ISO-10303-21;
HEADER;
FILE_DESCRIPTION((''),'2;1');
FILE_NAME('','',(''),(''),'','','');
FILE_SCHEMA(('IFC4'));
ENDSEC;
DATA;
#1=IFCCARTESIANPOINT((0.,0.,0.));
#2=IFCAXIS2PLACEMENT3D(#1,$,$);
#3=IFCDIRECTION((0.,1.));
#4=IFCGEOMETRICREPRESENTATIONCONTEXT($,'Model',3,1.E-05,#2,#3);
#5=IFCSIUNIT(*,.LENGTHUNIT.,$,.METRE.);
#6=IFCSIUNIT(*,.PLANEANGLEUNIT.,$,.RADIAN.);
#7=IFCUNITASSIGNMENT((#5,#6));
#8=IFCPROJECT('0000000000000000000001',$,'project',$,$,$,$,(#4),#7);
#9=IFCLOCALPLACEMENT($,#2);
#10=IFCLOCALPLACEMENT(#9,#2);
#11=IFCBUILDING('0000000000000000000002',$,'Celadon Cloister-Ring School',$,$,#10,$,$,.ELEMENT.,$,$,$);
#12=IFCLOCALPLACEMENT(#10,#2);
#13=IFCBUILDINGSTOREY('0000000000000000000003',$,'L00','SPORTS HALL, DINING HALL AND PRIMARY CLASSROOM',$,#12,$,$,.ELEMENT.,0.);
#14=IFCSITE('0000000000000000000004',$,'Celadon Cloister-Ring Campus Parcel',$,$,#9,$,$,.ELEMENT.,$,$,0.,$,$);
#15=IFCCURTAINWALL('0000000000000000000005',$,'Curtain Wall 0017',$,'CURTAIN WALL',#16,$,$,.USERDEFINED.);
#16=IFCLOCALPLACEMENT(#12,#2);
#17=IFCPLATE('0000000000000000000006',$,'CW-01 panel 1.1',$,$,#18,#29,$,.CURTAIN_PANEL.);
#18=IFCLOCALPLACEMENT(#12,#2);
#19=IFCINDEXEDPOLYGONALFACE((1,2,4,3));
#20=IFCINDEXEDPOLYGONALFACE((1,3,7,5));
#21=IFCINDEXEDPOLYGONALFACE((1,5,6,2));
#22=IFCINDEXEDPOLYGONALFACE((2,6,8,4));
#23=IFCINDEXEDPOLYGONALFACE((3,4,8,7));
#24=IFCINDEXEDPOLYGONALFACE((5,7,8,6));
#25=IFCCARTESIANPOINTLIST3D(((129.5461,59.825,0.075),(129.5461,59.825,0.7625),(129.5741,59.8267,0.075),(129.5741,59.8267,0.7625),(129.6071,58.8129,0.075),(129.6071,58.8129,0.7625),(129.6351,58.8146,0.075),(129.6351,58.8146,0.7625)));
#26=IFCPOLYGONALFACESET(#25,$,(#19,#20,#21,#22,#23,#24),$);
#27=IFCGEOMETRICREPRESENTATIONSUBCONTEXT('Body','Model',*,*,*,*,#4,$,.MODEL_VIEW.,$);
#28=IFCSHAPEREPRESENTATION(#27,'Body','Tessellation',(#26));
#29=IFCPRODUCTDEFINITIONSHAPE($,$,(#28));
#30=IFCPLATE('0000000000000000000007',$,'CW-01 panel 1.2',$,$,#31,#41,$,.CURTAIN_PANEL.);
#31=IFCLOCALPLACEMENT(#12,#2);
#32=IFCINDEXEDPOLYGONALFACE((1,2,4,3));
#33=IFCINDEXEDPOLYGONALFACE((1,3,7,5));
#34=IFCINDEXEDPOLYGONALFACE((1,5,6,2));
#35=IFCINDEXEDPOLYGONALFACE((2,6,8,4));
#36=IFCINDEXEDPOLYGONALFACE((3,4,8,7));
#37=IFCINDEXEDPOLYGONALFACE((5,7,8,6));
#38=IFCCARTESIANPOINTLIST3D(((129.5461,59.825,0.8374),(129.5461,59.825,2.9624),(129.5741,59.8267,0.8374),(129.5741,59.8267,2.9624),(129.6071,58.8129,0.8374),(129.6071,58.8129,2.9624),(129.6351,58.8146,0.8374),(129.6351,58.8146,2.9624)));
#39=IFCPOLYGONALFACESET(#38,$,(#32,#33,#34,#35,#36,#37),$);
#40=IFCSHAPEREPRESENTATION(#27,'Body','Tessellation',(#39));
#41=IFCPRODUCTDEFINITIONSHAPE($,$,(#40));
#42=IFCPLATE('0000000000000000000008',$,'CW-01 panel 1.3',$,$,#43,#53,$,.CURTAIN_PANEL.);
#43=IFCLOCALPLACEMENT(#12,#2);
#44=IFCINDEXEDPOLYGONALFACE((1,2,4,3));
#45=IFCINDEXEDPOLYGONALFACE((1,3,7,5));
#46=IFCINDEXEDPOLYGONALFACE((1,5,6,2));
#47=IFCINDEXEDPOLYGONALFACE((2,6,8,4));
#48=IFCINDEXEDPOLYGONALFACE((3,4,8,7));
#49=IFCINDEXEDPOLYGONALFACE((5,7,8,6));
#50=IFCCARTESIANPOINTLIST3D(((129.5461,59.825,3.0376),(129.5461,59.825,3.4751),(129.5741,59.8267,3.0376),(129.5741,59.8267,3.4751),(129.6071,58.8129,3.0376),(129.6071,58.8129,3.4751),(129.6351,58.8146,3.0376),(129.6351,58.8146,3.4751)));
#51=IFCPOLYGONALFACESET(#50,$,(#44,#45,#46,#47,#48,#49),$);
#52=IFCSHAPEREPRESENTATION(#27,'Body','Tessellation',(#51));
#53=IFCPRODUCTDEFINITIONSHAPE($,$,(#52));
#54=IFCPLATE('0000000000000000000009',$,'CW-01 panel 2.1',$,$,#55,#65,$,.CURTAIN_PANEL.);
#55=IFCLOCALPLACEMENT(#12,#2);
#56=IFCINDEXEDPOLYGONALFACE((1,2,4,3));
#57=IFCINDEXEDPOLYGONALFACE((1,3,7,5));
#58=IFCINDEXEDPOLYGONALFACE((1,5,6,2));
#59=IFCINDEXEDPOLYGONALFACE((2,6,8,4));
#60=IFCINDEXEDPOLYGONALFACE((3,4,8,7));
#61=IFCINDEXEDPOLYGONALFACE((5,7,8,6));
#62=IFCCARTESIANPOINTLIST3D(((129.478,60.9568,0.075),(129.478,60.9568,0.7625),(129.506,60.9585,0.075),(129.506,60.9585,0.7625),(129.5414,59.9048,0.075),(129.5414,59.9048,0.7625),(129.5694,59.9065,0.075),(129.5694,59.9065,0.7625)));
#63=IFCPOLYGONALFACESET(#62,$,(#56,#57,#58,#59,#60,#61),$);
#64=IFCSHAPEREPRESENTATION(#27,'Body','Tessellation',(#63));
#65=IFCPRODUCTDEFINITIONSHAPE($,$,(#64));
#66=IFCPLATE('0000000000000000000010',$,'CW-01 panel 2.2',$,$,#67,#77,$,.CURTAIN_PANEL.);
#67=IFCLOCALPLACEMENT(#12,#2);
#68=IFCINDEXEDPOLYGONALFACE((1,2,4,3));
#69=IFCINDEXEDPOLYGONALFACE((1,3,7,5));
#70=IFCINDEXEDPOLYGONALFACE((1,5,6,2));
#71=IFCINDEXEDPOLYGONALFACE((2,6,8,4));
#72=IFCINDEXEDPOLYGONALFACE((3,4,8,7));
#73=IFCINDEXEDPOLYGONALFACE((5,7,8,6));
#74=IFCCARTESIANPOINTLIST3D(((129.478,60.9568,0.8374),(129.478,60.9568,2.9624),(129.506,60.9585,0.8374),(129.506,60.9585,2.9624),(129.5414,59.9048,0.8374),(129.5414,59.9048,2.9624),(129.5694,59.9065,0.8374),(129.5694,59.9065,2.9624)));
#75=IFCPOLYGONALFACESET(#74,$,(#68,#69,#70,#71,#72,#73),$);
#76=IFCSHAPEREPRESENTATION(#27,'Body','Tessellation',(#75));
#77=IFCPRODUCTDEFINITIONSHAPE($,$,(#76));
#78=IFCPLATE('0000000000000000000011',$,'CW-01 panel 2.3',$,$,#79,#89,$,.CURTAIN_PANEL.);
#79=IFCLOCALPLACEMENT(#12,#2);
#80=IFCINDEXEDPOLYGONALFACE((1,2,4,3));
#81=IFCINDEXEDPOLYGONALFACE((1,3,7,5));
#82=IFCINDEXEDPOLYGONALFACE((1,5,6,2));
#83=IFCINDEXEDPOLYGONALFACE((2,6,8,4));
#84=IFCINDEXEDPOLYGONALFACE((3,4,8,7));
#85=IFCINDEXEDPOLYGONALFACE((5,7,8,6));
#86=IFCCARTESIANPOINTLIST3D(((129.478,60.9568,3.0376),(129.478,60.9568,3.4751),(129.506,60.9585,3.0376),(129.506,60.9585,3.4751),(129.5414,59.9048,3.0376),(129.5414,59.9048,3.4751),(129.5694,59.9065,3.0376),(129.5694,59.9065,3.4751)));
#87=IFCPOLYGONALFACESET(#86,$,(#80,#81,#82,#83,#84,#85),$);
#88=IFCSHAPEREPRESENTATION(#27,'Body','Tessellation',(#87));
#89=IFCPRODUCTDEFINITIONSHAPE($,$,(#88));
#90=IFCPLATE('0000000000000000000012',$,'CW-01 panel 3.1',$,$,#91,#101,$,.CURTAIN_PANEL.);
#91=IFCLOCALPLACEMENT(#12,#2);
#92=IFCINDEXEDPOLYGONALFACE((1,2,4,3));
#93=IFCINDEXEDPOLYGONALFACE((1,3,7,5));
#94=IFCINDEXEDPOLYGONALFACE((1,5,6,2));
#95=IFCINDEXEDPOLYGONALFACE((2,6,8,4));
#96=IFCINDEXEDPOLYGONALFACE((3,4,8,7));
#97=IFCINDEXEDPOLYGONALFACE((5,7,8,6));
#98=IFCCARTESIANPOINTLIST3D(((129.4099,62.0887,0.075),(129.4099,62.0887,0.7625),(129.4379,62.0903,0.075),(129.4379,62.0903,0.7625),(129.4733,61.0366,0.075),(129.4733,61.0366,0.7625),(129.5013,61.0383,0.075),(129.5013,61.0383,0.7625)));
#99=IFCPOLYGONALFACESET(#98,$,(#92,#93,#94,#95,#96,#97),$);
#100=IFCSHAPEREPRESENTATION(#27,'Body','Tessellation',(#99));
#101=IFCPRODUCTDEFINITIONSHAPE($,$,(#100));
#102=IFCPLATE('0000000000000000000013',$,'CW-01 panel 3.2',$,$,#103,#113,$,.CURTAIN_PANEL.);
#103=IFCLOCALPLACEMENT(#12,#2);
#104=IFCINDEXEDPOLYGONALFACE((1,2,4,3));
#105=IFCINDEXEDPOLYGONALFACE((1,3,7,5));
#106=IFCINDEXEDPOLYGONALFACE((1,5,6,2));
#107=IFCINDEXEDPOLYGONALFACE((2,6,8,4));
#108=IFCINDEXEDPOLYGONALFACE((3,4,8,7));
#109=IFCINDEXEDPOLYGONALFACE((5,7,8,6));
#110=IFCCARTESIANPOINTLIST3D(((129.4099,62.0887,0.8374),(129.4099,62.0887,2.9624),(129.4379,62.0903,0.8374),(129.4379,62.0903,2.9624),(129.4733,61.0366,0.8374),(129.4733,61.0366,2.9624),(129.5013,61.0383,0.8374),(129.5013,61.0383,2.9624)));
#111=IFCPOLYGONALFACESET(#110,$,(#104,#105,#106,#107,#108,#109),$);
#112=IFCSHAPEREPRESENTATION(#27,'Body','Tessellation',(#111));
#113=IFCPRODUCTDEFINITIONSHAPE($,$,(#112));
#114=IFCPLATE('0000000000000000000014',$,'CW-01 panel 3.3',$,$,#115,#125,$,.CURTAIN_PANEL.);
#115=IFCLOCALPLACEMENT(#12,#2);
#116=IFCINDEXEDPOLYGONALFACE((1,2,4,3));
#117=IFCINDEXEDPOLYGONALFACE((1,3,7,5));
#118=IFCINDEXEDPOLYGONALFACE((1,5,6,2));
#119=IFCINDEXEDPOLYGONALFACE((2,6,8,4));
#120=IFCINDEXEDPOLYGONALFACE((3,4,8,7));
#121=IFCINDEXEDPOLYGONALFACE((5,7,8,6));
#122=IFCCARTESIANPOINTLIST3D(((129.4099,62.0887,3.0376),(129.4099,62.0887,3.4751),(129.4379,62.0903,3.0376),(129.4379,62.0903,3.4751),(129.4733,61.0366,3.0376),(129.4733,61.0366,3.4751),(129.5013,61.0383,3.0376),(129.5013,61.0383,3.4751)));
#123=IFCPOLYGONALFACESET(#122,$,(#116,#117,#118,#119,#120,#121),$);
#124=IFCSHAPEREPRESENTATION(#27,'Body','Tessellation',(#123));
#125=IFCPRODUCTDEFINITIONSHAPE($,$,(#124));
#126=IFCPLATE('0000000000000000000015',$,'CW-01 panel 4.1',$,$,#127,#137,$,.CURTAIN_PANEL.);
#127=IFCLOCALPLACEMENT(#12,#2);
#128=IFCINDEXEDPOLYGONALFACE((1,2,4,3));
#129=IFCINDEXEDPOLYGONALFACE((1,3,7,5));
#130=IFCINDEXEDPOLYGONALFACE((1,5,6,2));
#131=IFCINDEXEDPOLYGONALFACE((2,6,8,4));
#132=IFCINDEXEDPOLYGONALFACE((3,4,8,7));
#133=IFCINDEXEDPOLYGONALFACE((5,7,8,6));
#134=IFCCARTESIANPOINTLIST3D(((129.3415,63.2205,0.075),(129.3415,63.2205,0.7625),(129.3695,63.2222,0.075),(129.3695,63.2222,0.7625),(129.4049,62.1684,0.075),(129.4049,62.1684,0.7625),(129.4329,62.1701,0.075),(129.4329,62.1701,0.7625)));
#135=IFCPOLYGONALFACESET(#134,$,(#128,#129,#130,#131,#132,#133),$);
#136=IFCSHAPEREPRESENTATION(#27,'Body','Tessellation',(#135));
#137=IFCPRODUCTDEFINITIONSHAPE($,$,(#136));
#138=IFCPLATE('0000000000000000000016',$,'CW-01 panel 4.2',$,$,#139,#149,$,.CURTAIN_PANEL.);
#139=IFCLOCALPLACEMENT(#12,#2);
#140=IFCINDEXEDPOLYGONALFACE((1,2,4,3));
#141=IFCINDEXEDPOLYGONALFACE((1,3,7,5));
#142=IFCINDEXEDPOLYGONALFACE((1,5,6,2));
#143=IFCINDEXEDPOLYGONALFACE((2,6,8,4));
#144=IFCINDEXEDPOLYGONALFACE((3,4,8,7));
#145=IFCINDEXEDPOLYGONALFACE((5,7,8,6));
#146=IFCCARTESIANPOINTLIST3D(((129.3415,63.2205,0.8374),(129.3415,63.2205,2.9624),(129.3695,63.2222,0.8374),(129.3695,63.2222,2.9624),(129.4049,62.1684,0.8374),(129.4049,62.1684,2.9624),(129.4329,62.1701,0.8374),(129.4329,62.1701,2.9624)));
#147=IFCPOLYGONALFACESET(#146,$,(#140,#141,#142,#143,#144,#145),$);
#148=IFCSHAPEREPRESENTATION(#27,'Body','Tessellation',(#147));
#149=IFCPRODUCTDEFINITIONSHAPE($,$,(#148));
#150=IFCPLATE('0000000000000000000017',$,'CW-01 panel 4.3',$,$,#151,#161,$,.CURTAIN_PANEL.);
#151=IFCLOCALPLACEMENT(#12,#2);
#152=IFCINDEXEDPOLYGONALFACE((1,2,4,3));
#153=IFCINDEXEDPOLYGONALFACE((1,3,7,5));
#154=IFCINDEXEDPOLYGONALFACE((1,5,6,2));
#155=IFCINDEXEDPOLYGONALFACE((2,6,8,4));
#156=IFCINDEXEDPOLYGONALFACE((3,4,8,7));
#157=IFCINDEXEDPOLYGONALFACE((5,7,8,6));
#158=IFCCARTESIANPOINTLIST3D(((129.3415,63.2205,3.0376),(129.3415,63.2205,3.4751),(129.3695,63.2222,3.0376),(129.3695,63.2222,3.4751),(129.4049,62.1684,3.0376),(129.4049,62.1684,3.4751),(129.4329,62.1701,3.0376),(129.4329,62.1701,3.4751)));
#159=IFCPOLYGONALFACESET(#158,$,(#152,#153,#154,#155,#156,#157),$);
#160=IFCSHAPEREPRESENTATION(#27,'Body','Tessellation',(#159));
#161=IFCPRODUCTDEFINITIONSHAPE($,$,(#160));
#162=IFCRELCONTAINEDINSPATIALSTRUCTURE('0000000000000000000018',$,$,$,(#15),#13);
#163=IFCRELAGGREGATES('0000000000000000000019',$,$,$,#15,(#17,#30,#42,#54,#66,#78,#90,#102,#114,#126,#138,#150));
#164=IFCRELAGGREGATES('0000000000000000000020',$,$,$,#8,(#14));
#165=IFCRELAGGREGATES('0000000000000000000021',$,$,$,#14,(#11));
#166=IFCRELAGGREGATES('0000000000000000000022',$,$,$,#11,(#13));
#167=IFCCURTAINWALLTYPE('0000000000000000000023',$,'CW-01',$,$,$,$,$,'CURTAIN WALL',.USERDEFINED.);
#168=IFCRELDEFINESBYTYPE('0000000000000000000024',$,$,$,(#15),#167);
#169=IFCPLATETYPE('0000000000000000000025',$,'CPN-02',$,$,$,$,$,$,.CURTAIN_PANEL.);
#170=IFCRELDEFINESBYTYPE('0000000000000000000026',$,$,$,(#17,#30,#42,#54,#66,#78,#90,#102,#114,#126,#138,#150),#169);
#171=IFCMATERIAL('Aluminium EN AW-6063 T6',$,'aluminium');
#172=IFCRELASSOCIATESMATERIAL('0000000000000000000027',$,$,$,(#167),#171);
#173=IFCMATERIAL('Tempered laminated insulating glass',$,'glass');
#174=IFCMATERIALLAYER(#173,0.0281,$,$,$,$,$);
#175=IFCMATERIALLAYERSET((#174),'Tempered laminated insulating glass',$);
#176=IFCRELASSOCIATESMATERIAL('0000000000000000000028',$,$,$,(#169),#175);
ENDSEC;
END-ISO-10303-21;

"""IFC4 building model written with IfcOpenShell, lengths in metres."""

from ifc_helpers import new_model, si_unit, direction, frame, origin, origin_2d, place, context, subcontext, project, spatial, rectangle, extrude, material, layer, layer_set, type_object, element, aggregate, save


model = new_model("IFC4")

# Units and contexts
model_context = context("Model", 3, precision=1e-05, world=origin(), true_north=direction((0.0, 1.0)))
body_context = subcontext(model_context, "Body", "Model", "MODEL_VIEW")
ifc_project = project(units=[si_unit("LENGTHUNIT", "METRE"), si_unit("PLANEANGLEUNIT", "RADIAN")], contexts=[model_context])

# Site, building, storey
site_placement = place(None, origin())
site = spatial("IfcSite", under=ifc_project, at=site_placement, Name="Celadon Cloister-Ring Campus Parcel", CompositionType="ELEMENT", RefElevation=0.0)
building_placement = place(site_placement, origin())
building = spatial("IfcBuilding", under=site, at=building_placement, Name="Celadon Cloister-Ring School", CompositionType="ELEMENT")
storey_placement = place(building_placement, origin())
storey = spatial("IfcBuildingStorey", under=building, at=storey_placement, Name="L00", Description="SPORTS HALL, DINING HALL AND PRIMARY CLASSROOM", CompositionType="ELEMENT", Elevation=0.0)

# Curtain wall, plates
ifc_material_1 = material(Name="Aluminium EN AW-6063 T6", Category="aluminium")
curtain_wall_type = type_object("IfcCurtainWallType", Name="CW-01", ElementType="CURTAIN WALL", PredefinedType="USERDEFINED", material=ifc_material_1)
curtain_wall_placement = place(storey_placement, origin())
curtain_wall = element("IfcCurtainWall", 1, at=curtain_wall_placement, inside=storey, type_object=curtain_wall_type, Name="Curtain Wall 0017", ObjectType="CURTAIN WALL", PredefinedType="USERDEFINED")
ifc_material_2 = material(Name="Tempered laminated insulating glass", Category="glass")
ifc_layer = layer(ifc_material_2, 0.0281)
ifc_layer_set = layer_set([ifc_layer], Name="Tempered laminated insulating glass")
plate_type = type_object("IfcPlateType", Name="CPN-02", PredefinedType="CURTAIN_PANEL", material=ifc_layer_set)
plate_1_placement = place(storey_placement, frame((129.5906, 59.3198, 0.075), z_axis=(0.0, 0.0, 1.0), x_axis=(-0.060149, 0.998189, 0.0)))
plate_1 = element("IfcPlate", 2, at=plate_1_placement, type_object=plate_type, Name="CW-01 panel 1.1", PredefinedType="CURTAIN_PANEL", context=body_context, shape_type="SweptSolid", body=[
    extrude(rectangle(XDim=1.0139, YDim=0.0281, at=origin_2d()), origin(), (0.0, 0.0, 1.0), 0.6875),
])
plate_2_placement = place(storey_placement, frame((129.5906, 59.3198, 0.8374), z_axis=(0.0, 0.0, 1.0), x_axis=(-0.060149, 0.998189, 0.0)))
plate_2 = element("IfcPlate", 3, at=plate_2_placement, type_object=plate_type, Name="CW-01 panel 1.2", PredefinedType="CURTAIN_PANEL", context=body_context, shape_type="SweptSolid", body=[
    extrude(rectangle(XDim=1.0139, YDim=0.0281, at=origin_2d()), origin(), (0.0, 0.0, 1.0), 2.125),
])
plate_3_placement = place(storey_placement, frame((129.5906, 59.3198, 3.0376), z_axis=(0.0, 0.0, 1.0), x_axis=(-0.060149, 0.998189, 0.0)))
plate_3 = element("IfcPlate", 4, at=plate_3_placement, type_object=plate_type, Name="CW-01 panel 1.3", PredefinedType="CURTAIN_PANEL", context=body_context, shape_type="SweptSolid", body=[
    extrude(rectangle(XDim=1.0139, YDim=0.0281, at=origin_2d()), origin(), (0.0, 0.0, 1.0), 0.4375),
])
plate_4_placement = place(storey_placement, frame((129.5237, 60.4316, 0.075), z_axis=(0.0, 0.0, 1.0), x_axis=(-0.060149, 0.998189, 0.0)))
plate_4 = element("IfcPlate", 5, at=plate_4_placement, type_object=plate_type, Name="CW-01 panel 2.1", PredefinedType="CURTAIN_PANEL", context=body_context, shape_type="SweptSolid", body=[
    extrude(rectangle(XDim=1.054, YDim=0.0281, at=origin_2d()), origin(), (0.0, 0.0, 1.0), 0.6875),
])
plate_5_placement = place(storey_placement, frame((129.5237, 60.4316, 0.8374), z_axis=(0.0, 0.0, 1.0), x_axis=(-0.060149, 0.998189, 0.0)))
plate_5 = element("IfcPlate", 6, at=plate_5_placement, type_object=plate_type, Name="CW-01 panel 2.2", PredefinedType="CURTAIN_PANEL", context=body_context, shape_type="SweptSolid", body=[
    extrude(rectangle(XDim=1.054, YDim=0.0281, at=origin_2d()), origin(), (0.0, 0.0, 1.0), 2.125),
])
plate_6_placement = place(storey_placement, frame((129.5237, 60.4316, 3.0376), z_axis=(0.0, 0.0, 1.0), x_axis=(-0.060149, 0.998189, 0.0)))
plate_6 = element("IfcPlate", 7, at=plate_6_placement, type_object=plate_type, Name="CW-01 panel 2.3", PredefinedType="CURTAIN_PANEL", context=body_context, shape_type="SweptSolid", body=[
    extrude(rectangle(XDim=1.054, YDim=0.0281, at=origin_2d()), origin(), (0.0, 0.0, 1.0), 0.4375),
])
plate_7_placement = place(storey_placement, frame((129.4556, 61.5635, 0.075), z_axis=(0.0, 0.0, 1.0), x_axis=(-0.060149, 0.998189, 0.0)))
plate_7 = element("IfcPlate", 8, at=plate_7_placement, type_object=plate_type, Name="CW-01 panel 3.1", PredefinedType="CURTAIN_PANEL", context=body_context, shape_type="SweptSolid", body=[
    extrude(rectangle(XDim=1.054, YDim=0.0281, at=origin_2d()), origin(), (0.0, 0.0, 1.0), 0.6875),
])
plate_8_placement = place(storey_placement, frame((129.4556, 61.5635, 0.8374), z_axis=(0.0, 0.0, 1.0), x_axis=(-0.060149, 0.998189, 0.0)))
plate_8 = element("IfcPlate", 9, at=plate_8_placement, type_object=plate_type, Name="CW-01 panel 3.2", PredefinedType="CURTAIN_PANEL", context=body_context, shape_type="SweptSolid", body=[
    extrude(rectangle(XDim=1.054, YDim=0.0281, at=origin_2d()), origin(), (0.0, 0.0, 1.0), 2.125),
])
plate_9_placement = place(storey_placement, frame((129.4556, 61.5635, 3.0376), z_axis=(0.0, 0.0, 1.0), x_axis=(-0.060149, 0.998189, 0.0)))
plate_9 = element("IfcPlate", 10, at=plate_9_placement, type_object=plate_type, Name="CW-01 panel 3.3", PredefinedType="CURTAIN_PANEL", context=body_context, shape_type="SweptSolid", body=[
    extrude(rectangle(XDim=1.054, YDim=0.0281, at=origin_2d()), origin(), (0.0, 0.0, 1.0), 0.4375),
])
plate_10_placement = place(storey_placement, frame((129.3872, 62.6953, 0.075), z_axis=(0.0, 0.0, 1.0), x_axis=(-0.060149, 0.998189, 0.0)))
plate_10 = element("IfcPlate", 11, at=plate_10_placement, type_object=plate_type, Name="CW-01 panel 4.1", PredefinedType="CURTAIN_PANEL", context=body_context, shape_type="SweptSolid", body=[
    extrude(rectangle(XDim=1.054, YDim=0.0281, at=origin_2d()), origin(), (0.0, 0.0, 1.0), 0.6875),
])
plate_11_placement = place(storey_placement, frame((129.3872, 62.6953, 0.8374), z_axis=(0.0, 0.0, 1.0), x_axis=(-0.060149, 0.998189, 0.0)))
plate_11 = element("IfcPlate", 12, at=plate_11_placement, type_object=plate_type, Name="CW-01 panel 4.2", PredefinedType="CURTAIN_PANEL", context=body_context, shape_type="SweptSolid", body=[
    extrude(rectangle(XDim=1.054, YDim=0.0281, at=origin_2d()), origin(), (0.0, 0.0, 1.0), 2.125),
])
plate_12_placement = place(storey_placement, frame((129.3872, 62.6953, 3.0376), z_axis=(0.0, 0.0, 1.0), x_axis=(-0.060149, 0.998189, 0.0)))
plate_12 = element("IfcPlate", 13, at=plate_12_placement, type_object=plate_type, Name="CW-01 panel 4.3", PredefinedType="CURTAIN_PANEL", context=body_context, shape_type="SweptSolid", body=[
    extrude(rectangle(XDim=1.054, YDim=0.0281, at=origin_2d()), origin(), (0.0, 0.0, 1.0), 0.4375),
])
aggregate(curtain_wall, [plate_1, plate_2, plate_3, plate_4, plate_5, plate_6, plate_7, plate_8, plate_9, plate_10, plate_11, plate_12])

save(model, "model.ifc")
